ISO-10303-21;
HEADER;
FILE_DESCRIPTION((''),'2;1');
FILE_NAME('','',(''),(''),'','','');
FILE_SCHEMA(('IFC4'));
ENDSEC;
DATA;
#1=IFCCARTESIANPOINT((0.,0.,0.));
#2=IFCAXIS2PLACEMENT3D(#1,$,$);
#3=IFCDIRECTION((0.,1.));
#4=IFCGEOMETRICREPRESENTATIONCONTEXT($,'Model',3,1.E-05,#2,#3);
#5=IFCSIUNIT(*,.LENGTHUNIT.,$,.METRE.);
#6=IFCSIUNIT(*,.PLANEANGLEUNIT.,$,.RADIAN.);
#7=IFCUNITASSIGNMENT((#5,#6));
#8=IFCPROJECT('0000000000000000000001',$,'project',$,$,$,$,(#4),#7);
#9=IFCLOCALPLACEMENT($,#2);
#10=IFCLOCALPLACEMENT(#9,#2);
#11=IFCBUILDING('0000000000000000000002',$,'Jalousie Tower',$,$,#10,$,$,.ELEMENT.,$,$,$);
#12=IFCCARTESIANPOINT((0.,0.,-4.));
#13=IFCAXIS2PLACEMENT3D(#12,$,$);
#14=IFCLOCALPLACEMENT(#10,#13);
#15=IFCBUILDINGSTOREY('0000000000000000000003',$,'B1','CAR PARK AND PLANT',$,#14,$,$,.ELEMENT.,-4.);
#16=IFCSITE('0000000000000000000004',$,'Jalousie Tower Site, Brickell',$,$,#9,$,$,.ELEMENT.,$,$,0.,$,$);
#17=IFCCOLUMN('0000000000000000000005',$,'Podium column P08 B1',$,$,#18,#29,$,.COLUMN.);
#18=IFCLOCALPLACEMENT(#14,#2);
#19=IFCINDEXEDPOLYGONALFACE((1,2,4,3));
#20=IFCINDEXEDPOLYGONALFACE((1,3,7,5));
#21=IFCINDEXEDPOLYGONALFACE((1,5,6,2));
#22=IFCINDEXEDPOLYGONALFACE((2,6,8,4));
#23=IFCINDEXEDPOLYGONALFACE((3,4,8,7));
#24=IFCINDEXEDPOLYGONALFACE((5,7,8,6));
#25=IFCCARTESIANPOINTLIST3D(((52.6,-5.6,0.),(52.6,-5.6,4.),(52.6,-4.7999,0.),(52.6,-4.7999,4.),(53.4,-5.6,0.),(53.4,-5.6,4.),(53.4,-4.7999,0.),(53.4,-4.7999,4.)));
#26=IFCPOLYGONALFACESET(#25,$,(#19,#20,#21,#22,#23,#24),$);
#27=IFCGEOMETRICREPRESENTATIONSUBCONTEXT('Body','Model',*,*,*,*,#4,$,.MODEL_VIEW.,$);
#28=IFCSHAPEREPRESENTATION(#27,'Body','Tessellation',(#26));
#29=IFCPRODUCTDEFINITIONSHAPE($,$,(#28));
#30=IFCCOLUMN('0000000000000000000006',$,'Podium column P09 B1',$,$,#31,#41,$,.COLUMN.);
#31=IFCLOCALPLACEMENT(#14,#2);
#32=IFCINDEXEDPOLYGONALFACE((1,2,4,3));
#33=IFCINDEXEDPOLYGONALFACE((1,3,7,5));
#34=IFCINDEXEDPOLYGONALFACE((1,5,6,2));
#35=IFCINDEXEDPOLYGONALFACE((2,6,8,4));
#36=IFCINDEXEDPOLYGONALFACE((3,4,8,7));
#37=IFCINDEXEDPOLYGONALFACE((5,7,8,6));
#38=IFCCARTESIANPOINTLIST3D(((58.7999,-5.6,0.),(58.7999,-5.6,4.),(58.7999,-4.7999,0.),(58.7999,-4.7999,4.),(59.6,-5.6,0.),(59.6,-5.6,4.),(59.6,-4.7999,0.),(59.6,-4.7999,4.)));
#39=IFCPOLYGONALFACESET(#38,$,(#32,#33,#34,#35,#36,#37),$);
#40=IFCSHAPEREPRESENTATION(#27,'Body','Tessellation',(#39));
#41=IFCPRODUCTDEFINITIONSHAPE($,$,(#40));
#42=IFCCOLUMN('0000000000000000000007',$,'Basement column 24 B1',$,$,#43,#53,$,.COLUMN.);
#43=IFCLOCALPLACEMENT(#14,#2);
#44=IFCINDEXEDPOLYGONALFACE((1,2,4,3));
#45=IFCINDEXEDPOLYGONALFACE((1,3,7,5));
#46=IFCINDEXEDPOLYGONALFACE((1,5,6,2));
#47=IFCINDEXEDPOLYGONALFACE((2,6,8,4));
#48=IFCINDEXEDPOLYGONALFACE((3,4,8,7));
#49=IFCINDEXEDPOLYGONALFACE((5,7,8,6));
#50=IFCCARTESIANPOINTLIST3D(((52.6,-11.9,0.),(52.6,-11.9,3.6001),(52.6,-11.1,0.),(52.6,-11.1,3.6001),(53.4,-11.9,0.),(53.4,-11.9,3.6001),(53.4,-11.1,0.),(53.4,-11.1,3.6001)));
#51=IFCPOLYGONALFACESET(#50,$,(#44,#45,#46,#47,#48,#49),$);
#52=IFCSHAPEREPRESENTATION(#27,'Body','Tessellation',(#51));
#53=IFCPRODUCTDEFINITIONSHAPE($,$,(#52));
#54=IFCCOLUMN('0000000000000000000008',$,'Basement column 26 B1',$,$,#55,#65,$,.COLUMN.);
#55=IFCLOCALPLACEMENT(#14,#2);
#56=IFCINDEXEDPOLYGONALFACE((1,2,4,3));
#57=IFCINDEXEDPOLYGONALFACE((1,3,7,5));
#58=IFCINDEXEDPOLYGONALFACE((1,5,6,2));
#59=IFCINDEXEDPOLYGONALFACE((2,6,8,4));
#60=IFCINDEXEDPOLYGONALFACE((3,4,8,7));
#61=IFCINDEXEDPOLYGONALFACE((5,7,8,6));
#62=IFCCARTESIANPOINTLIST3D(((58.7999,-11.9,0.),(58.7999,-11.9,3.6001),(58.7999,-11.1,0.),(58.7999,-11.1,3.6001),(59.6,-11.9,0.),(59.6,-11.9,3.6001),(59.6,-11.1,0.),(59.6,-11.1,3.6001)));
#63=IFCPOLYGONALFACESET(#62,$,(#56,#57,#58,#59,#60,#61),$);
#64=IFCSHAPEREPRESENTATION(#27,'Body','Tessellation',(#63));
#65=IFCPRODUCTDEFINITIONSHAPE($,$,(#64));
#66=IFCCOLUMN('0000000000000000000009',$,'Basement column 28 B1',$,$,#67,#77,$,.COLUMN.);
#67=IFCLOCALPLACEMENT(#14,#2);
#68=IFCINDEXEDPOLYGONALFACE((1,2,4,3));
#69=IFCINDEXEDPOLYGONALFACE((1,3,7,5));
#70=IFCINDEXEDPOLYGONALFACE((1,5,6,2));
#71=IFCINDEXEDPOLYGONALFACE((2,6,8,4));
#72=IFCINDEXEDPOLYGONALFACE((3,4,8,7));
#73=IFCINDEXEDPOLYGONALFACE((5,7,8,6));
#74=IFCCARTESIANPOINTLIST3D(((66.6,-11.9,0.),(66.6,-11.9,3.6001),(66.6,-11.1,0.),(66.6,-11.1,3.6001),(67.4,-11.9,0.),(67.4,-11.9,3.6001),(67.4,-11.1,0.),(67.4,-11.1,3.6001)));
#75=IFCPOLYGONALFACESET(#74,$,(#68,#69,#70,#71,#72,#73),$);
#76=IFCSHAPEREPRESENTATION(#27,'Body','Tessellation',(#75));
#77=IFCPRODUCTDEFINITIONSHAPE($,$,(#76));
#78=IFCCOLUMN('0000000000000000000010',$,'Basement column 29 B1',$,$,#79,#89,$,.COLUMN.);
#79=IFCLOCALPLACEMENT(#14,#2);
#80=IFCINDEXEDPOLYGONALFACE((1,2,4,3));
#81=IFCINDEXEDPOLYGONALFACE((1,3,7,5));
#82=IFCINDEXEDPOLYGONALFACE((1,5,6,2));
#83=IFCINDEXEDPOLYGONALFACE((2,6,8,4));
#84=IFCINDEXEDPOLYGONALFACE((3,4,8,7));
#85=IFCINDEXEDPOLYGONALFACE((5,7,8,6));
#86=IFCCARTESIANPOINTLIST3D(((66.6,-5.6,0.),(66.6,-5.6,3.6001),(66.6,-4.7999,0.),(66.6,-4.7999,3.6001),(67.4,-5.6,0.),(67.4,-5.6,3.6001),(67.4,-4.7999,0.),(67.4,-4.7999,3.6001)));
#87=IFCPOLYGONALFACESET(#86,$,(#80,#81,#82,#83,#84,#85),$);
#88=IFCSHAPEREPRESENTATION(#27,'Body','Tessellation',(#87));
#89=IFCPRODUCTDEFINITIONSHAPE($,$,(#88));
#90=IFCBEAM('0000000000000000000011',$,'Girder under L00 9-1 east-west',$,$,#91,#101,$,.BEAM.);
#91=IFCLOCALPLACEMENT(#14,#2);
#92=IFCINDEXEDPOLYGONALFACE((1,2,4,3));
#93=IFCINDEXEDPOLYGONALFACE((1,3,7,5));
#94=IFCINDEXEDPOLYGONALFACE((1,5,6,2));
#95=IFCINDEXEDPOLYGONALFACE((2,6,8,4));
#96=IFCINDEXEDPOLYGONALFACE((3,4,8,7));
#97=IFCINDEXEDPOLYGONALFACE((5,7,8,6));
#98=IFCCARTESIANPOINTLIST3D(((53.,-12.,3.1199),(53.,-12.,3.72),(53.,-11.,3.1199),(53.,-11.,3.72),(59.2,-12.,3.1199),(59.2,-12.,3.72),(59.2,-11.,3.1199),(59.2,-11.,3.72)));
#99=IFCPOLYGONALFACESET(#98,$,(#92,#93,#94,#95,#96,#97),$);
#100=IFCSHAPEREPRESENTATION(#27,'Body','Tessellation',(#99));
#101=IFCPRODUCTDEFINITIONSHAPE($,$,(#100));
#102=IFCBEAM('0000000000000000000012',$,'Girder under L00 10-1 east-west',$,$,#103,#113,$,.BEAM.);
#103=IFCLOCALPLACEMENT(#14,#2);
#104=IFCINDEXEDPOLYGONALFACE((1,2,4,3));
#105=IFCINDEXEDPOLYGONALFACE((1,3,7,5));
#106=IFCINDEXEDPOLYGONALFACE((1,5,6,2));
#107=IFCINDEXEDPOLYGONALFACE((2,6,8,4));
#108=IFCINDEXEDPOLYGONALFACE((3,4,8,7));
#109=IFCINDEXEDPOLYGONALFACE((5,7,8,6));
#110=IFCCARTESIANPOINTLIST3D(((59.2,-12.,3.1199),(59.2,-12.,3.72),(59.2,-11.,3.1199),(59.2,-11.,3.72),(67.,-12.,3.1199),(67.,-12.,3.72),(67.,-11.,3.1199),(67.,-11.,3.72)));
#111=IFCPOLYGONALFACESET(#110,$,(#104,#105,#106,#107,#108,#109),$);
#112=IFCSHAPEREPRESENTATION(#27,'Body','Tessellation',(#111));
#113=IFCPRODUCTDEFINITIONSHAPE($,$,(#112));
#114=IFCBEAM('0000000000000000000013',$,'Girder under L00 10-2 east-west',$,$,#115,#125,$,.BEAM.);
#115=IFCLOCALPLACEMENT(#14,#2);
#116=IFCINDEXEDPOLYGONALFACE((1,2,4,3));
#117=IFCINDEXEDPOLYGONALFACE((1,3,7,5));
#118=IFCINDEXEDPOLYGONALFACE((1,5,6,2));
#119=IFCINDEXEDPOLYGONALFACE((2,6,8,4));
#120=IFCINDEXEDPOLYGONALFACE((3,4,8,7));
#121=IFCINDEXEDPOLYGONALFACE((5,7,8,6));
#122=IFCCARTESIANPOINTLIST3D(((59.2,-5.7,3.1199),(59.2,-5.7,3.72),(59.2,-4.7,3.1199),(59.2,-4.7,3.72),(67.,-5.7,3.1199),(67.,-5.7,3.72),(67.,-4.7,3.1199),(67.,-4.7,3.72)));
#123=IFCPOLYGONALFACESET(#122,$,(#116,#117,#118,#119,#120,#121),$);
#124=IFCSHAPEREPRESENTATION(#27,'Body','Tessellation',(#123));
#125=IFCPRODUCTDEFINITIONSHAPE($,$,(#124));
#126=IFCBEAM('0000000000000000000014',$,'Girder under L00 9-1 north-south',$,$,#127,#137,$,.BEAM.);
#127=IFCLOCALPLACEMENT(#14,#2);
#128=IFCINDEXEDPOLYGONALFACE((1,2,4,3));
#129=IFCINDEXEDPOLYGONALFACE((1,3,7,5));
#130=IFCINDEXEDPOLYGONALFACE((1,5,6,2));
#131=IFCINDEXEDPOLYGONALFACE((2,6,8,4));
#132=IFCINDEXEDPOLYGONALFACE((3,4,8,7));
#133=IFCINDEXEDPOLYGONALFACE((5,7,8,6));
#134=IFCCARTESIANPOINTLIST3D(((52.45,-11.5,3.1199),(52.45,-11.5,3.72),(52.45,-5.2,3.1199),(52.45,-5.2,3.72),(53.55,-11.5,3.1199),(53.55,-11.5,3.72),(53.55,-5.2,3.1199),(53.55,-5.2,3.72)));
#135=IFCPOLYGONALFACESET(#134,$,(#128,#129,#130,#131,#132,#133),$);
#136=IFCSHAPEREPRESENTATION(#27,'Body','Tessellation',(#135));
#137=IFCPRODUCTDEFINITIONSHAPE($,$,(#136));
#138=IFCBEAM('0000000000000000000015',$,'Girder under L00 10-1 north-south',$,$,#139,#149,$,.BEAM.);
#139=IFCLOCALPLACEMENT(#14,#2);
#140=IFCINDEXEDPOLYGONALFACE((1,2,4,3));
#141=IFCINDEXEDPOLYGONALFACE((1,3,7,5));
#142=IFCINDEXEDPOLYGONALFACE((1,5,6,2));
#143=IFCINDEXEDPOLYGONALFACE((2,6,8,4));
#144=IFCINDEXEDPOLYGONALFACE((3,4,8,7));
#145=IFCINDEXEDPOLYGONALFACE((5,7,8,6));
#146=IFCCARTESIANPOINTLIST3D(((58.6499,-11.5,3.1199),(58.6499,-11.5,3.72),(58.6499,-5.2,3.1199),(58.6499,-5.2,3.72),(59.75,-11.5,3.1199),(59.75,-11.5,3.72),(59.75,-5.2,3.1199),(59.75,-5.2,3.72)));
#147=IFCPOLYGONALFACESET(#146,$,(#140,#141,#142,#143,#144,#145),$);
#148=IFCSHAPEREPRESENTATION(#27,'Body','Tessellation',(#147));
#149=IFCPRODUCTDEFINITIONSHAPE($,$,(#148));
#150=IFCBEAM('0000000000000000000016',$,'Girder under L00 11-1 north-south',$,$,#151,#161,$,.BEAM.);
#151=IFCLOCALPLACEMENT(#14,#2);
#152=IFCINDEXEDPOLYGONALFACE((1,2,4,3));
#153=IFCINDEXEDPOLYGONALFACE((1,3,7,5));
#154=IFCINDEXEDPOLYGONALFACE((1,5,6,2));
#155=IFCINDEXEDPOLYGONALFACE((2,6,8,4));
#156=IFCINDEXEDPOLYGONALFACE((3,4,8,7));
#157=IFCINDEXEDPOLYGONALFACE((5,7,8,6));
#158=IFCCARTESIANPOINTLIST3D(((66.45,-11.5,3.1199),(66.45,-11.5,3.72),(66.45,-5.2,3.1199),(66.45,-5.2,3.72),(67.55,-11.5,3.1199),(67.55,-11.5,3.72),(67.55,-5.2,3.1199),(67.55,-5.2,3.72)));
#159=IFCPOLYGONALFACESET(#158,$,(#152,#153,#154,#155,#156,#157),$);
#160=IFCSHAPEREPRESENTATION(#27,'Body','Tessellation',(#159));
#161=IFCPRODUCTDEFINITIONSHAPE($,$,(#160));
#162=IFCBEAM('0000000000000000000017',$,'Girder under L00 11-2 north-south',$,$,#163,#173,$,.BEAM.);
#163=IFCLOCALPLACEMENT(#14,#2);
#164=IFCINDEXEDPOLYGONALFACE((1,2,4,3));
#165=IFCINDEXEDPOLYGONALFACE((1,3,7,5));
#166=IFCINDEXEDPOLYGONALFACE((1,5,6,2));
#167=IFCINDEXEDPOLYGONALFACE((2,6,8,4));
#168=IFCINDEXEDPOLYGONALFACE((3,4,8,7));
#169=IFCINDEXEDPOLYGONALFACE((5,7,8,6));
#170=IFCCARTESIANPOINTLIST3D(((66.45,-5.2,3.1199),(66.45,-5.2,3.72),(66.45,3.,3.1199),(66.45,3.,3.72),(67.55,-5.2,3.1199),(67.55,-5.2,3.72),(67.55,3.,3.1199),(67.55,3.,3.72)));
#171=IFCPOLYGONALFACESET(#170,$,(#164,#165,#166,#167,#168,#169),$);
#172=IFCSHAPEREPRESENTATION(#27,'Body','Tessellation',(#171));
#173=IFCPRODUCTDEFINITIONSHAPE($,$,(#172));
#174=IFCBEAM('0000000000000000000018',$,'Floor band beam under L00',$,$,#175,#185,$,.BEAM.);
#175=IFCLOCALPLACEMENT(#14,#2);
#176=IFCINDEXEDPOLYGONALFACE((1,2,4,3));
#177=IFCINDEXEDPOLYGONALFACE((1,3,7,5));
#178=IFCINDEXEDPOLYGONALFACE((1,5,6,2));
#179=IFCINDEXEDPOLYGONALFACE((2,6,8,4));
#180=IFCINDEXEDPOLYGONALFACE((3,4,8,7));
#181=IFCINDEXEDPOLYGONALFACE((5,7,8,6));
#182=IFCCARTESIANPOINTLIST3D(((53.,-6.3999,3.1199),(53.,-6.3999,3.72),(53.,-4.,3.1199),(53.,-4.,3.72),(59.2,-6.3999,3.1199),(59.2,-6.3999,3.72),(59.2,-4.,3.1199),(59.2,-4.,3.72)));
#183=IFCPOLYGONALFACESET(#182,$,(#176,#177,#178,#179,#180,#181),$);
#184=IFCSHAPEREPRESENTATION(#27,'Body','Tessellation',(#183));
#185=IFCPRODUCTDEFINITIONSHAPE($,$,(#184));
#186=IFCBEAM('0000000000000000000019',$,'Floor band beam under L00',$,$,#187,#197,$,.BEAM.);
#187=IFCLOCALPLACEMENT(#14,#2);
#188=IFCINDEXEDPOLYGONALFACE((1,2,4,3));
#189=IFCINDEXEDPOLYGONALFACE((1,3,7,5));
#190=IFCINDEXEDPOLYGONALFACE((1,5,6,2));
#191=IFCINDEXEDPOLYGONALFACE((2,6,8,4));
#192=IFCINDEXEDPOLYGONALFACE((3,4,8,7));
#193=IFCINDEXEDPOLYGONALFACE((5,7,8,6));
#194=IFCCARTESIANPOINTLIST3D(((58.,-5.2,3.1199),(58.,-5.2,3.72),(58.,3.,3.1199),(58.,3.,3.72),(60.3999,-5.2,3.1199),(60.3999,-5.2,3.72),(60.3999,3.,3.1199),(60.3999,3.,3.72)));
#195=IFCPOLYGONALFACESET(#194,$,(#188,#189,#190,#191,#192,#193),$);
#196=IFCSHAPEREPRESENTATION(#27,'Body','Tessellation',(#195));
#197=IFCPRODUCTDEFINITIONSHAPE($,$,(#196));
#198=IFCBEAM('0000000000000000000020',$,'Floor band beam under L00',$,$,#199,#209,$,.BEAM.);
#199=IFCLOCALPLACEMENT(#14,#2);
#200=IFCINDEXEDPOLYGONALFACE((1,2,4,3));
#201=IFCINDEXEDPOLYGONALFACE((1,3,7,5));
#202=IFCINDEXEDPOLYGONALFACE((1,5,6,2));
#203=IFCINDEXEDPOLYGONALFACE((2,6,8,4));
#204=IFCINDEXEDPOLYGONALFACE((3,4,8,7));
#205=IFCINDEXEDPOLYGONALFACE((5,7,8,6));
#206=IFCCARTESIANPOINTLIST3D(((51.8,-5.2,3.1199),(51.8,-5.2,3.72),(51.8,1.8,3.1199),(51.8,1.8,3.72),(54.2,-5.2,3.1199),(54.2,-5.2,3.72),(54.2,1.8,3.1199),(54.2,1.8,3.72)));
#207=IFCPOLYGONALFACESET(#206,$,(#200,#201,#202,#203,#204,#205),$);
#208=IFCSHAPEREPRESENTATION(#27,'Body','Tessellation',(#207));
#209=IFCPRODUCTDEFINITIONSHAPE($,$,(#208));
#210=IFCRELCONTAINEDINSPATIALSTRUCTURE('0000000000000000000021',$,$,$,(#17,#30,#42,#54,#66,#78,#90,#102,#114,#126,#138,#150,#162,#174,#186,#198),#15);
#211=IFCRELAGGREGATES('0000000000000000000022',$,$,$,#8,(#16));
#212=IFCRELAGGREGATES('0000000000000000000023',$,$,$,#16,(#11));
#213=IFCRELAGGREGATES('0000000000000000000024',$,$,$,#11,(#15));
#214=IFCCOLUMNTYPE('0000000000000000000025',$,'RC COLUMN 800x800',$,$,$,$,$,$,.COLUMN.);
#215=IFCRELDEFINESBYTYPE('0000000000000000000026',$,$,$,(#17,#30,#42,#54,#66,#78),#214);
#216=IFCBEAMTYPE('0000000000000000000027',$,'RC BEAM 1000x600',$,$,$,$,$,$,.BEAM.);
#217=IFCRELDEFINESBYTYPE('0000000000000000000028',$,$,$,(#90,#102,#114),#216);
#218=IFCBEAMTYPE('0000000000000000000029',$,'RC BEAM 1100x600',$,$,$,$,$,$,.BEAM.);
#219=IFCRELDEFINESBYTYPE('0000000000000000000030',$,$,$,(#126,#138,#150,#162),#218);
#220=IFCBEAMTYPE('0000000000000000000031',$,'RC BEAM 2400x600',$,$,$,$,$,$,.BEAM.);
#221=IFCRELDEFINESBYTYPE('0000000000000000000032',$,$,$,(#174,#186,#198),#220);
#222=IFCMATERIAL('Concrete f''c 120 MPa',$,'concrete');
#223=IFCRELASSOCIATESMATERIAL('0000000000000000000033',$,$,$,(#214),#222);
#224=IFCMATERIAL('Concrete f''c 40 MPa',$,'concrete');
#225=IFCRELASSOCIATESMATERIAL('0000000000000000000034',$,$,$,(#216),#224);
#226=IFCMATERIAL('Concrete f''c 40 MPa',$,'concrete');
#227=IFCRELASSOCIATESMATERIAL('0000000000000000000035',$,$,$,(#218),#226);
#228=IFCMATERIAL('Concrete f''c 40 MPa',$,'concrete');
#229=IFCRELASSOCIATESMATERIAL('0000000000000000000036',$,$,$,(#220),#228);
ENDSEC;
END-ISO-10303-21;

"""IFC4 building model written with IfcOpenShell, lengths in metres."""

from ifc_helpers import new_model, si_unit, direction, frame, origin, origin_2d, place, context, subcontext, project, spatial, rectangle, extrude, material, material_profile, profile_set, type_object, element, save


model = new_model("IFC4")

# Units and contexts
model_context = context("Model", 3, precision=1e-05, world=origin(), true_north=direction((0.0, 1.0)))
body_context = subcontext(model_context, "Body", "Model", "MODEL_VIEW")
ifc_project = project(units=[si_unit("LENGTHUNIT", "METRE"), si_unit("PLANEANGLEUNIT", "RADIAN")], contexts=[model_context])

# Site, building, storey
site_placement = place(None, origin())
site = spatial("IfcSite", under=ifc_project, at=site_placement, Name="Jalousie Tower Site, Brickell", CompositionType="ELEMENT", RefElevation=0.0)
building_placement = place(site_placement, origin())
building = spatial("IfcBuilding", under=site, at=building_placement, Name="Jalousie Tower", CompositionType="ELEMENT")
storey_placement = place(building_placement, frame((0.0, 0.0, -4.0)))
storey = spatial("IfcBuildingStorey", under=building, at=storey_placement, Name="B1", Description="CAR PARK AND PLANT", CompositionType="ELEMENT", Elevation=-4.0)

# Columns
ifc_material_1 = material(Name="Concrete f'c 120 MPa", Category="concrete")
ifc_material_profile_1 = material_profile(ifc_material_1, rectangle(XDim=0.8, YDim=0.8, at=origin_2d()), Name="RC 800x800")
ifc_profile_set_1 = profile_set([ifc_material_profile_1], Name="Concrete f'c 120 MPa")
column_type = type_object("IfcColumnType", Name="RC COLUMN 800x800", PredefinedType="COLUMN", material=ifc_profile_set_1)
for number, where, z_axis, x_axis, name in (
    (1, (53.0, -5.2, 0.0), (0.0, 0.0, 1.0), (1.0, 0.0, 0.0), "Podium column P08 B1"),
    (2, (59.2, -5.2, 0.0), (0.0, 0.0, 1.0), (1.0, 0.0, 0.0), "Podium column P09 B1"),
):
    element("IfcColumn", number, at=place(storey_placement, frame(where, z_axis=z_axis, x_axis=x_axis)), inside=storey, type_object=column_type, Name=name, PredefinedType="COLUMN", context=body_context, shape_type="SweptSolid", body=[
        extrude(rectangle(XDim=0.8, YDim=0.8, at=origin_2d()), origin(), (0.0, 0.0, 1.0), 4.0),
    ])
for number, where, z_axis, x_axis, name in (
    (3, (53.0, -11.5, 0.0), (0.0, 0.0, 1.0), (1.0, 0.0, 0.0), "Basement column 24 B1"),
    (4, (59.2, -11.5, 0.0), (0.0, 0.0, 1.0), (1.0, 0.0, 0.0), "Basement column 26 B1"),
    (5, (67.0, -11.5, 0.0), (0.0, 0.0, 1.0), (1.0, 0.0, 0.0), "Basement column 28 B1"),
    (6, (67.0, -5.2, 0.0), (0.0, 0.0, 1.0), (1.0, 0.0, 0.0), "Basement column 29 B1"),
):
    element("IfcColumn", number, at=place(storey_placement, frame(where, z_axis=z_axis, x_axis=x_axis)), inside=storey, type_object=column_type, Name=name, PredefinedType="COLUMN", context=body_context, shape_type="SweptSolid", body=[
        extrude(rectangle(XDim=0.8, YDim=0.8, at=origin_2d()), origin(), (0.0, 0.0, 1.0), 3.6001),
    ])

# Beams
ifc_material_2 = material(Name="Concrete f'c 40 MPa", Category="concrete")
ifc_material_profile_2 = material_profile(ifc_material_2, rectangle(XDim=1.0, YDim=0.6001, at=origin_2d()), Name="RC 1000x600")
ifc_profile_set_2 = profile_set([ifc_material_profile_2], Name="Concrete f'c 40 MPa")
beam_type_1 = type_object("IfcBeamType", Name="RC BEAM 1000x600", PredefinedType="BEAM", material=ifc_profile_set_2)
beam_1_placement = place(storey_placement, frame((53.0, -11.5, 3.4199), z_axis=(1.0, 0.0, 0.0), x_axis=(0.0, 1.0, 0.0)))
element("IfcBeam", 7, at=beam_1_placement, inside=storey, type_object=beam_type_1, Name="Girder under L00 9-1 east-west", PredefinedType="BEAM", context=body_context, shape_type="SweptSolid", body=[
    extrude(rectangle(XDim=1.0, YDim=0.6001, at=origin_2d()), origin(), (0.0, 0.0, 1.0), 6.2),
])
for number, where, z_axis, x_axis, name in (
    (8, (59.2, -11.5, 3.4199), (1.0, 0.0, 0.0), (0.0, 1.0, 0.0), "Girder under L00 10-1 east-west"),
    (9, (59.2, -5.2, 3.4199), (1.0, 0.0, 0.0), (0.0, 1.0, 0.0), "Girder under L00 10-2 east-west"),
):
    element("IfcBeam", number, at=place(storey_placement, frame(where, z_axis=z_axis, x_axis=x_axis)), inside=storey, type_object=beam_type_1, Name=name, PredefinedType="BEAM", context=body_context, shape_type="SweptSolid", body=[
        extrude(rectangle(XDim=1.0, YDim=0.6001, at=origin_2d()), origin(), (0.0, 0.0, 1.0), 7.8),
    ])
ifc_material_3 = material(Name="Concrete f'c 40 MPa", Category="concrete")
ifc_material_profile_3 = material_profile(ifc_material_3, rectangle(XDim=1.1001, YDim=0.6001, at=origin_2d()), Name="RC 1100x600")
ifc_profile_set_3 = profile_set([ifc_material_profile_3], Name="Concrete f'c 40 MPa")
beam_type_2 = type_object("IfcBeamType", Name="RC BEAM 1100x600", PredefinedType="BEAM", material=ifc_profile_set_3)
for number, where, z_axis, x_axis, name in (
    (10, (53.0, -11.5, 3.4199), (0.0, 1.0, 0.0), (-1.0, 0.0, 0.0), "Girder under L00 9-1 north-south"),
    (11, (59.2, -11.5, 3.4199), (0.0, 1.0, 0.0), (-1.0, 0.0, 0.0), "Girder under L00 10-1 north-south"),
    (12, (67.0, -11.5, 3.4199), (0.0, 1.0, 0.0), (-1.0, 0.0, 0.0), "Girder under L00 11-1 north-south"),
):
    element("IfcBeam", number, at=place(storey_placement, frame(where, z_axis=z_axis, x_axis=x_axis)), inside=storey, type_object=beam_type_2, Name=name, PredefinedType="BEAM", context=body_context, shape_type="SweptSolid", body=[
        extrude(rectangle(XDim=1.1001, YDim=0.6001, at=origin_2d()), origin(), (0.0, 0.0, 1.0), 6.3),
    ])
beam_2_placement = place(storey_placement, frame((67.0, -5.2, 3.4199), z_axis=(0.0, 1.0, 0.0), x_axis=(-1.0, 0.0, 0.0)))
element("IfcBeam", 13, at=beam_2_placement, inside=storey, type_object=beam_type_2, Name="Girder under L00 11-2 north-south", PredefinedType="BEAM", context=body_context, shape_type="SweptSolid", body=[
    extrude(rectangle(XDim=1.1001, YDim=0.6001, at=origin_2d()), origin(), (0.0, 0.0, 1.0), 8.2),
])
ifc_material_4 = material(Name="Concrete f'c 40 MPa", Category="concrete")
ifc_material_profile_4 = material_profile(ifc_material_4, rectangle(XDim=2.3999, YDim=0.6001, at=origin_2d()), Name="RC 2400x600")
ifc_profile_set_4 = profile_set([ifc_material_profile_4], Name="Concrete f'c 40 MPa")
beam_type_3 = type_object("IfcBeamType", Name="RC BEAM 2400x600", PredefinedType="BEAM", material=ifc_profile_set_4)
beam_3_placement = place(storey_placement, frame((53.0, -5.2, 3.4199), z_axis=(1.0, 0.0, 0.0), x_axis=(0.0, 1.0, 0.0)))
element("IfcBeam", 14, at=beam_3_placement, inside=storey, type_object=beam_type_3, Name="Floor band beam under L00", PredefinedType="BEAM", context=body_context, shape_type="SweptSolid", body=[
    extrude(rectangle(XDim=2.3999, YDim=0.6001, at=origin_2d()), origin(), (0.0, 0.0, 1.0), 6.2),
])
beam_4_placement = place(storey_placement, frame((59.2, -5.2, 3.4199), z_axis=(0.0, 1.0, 0.0), x_axis=(-1.0, 0.0, 0.0)))
element("IfcBeam", 15, at=beam_4_placement, inside=storey, type_object=beam_type_3, Name="Floor band beam under L00", PredefinedType="BEAM", context=body_context, shape_type="SweptSolid", body=[
    extrude(rectangle(XDim=2.3999, YDim=0.6001, at=origin_2d()), origin(), (0.0, 0.0, 1.0), 8.2),
])
beam_5_placement = place(storey_placement, frame((53.0, -5.2, 3.4199), z_axis=(0.0, 1.0, 0.0), x_axis=(-1.0, 0.0, 0.0)))
element("IfcBeam", 16, at=beam_5_placement, inside=storey, type_object=beam_type_3, Name="Floor band beam under L00", PredefinedType="BEAM", context=body_context, shape_type="SweptSolid", body=[
    extrude(rectangle(XDim=2.3999, YDim=0.6001, at=origin_2d()), origin(), (0.0, 0.0, 1.0), 7.0),
])

save(model, "model.ifc")
